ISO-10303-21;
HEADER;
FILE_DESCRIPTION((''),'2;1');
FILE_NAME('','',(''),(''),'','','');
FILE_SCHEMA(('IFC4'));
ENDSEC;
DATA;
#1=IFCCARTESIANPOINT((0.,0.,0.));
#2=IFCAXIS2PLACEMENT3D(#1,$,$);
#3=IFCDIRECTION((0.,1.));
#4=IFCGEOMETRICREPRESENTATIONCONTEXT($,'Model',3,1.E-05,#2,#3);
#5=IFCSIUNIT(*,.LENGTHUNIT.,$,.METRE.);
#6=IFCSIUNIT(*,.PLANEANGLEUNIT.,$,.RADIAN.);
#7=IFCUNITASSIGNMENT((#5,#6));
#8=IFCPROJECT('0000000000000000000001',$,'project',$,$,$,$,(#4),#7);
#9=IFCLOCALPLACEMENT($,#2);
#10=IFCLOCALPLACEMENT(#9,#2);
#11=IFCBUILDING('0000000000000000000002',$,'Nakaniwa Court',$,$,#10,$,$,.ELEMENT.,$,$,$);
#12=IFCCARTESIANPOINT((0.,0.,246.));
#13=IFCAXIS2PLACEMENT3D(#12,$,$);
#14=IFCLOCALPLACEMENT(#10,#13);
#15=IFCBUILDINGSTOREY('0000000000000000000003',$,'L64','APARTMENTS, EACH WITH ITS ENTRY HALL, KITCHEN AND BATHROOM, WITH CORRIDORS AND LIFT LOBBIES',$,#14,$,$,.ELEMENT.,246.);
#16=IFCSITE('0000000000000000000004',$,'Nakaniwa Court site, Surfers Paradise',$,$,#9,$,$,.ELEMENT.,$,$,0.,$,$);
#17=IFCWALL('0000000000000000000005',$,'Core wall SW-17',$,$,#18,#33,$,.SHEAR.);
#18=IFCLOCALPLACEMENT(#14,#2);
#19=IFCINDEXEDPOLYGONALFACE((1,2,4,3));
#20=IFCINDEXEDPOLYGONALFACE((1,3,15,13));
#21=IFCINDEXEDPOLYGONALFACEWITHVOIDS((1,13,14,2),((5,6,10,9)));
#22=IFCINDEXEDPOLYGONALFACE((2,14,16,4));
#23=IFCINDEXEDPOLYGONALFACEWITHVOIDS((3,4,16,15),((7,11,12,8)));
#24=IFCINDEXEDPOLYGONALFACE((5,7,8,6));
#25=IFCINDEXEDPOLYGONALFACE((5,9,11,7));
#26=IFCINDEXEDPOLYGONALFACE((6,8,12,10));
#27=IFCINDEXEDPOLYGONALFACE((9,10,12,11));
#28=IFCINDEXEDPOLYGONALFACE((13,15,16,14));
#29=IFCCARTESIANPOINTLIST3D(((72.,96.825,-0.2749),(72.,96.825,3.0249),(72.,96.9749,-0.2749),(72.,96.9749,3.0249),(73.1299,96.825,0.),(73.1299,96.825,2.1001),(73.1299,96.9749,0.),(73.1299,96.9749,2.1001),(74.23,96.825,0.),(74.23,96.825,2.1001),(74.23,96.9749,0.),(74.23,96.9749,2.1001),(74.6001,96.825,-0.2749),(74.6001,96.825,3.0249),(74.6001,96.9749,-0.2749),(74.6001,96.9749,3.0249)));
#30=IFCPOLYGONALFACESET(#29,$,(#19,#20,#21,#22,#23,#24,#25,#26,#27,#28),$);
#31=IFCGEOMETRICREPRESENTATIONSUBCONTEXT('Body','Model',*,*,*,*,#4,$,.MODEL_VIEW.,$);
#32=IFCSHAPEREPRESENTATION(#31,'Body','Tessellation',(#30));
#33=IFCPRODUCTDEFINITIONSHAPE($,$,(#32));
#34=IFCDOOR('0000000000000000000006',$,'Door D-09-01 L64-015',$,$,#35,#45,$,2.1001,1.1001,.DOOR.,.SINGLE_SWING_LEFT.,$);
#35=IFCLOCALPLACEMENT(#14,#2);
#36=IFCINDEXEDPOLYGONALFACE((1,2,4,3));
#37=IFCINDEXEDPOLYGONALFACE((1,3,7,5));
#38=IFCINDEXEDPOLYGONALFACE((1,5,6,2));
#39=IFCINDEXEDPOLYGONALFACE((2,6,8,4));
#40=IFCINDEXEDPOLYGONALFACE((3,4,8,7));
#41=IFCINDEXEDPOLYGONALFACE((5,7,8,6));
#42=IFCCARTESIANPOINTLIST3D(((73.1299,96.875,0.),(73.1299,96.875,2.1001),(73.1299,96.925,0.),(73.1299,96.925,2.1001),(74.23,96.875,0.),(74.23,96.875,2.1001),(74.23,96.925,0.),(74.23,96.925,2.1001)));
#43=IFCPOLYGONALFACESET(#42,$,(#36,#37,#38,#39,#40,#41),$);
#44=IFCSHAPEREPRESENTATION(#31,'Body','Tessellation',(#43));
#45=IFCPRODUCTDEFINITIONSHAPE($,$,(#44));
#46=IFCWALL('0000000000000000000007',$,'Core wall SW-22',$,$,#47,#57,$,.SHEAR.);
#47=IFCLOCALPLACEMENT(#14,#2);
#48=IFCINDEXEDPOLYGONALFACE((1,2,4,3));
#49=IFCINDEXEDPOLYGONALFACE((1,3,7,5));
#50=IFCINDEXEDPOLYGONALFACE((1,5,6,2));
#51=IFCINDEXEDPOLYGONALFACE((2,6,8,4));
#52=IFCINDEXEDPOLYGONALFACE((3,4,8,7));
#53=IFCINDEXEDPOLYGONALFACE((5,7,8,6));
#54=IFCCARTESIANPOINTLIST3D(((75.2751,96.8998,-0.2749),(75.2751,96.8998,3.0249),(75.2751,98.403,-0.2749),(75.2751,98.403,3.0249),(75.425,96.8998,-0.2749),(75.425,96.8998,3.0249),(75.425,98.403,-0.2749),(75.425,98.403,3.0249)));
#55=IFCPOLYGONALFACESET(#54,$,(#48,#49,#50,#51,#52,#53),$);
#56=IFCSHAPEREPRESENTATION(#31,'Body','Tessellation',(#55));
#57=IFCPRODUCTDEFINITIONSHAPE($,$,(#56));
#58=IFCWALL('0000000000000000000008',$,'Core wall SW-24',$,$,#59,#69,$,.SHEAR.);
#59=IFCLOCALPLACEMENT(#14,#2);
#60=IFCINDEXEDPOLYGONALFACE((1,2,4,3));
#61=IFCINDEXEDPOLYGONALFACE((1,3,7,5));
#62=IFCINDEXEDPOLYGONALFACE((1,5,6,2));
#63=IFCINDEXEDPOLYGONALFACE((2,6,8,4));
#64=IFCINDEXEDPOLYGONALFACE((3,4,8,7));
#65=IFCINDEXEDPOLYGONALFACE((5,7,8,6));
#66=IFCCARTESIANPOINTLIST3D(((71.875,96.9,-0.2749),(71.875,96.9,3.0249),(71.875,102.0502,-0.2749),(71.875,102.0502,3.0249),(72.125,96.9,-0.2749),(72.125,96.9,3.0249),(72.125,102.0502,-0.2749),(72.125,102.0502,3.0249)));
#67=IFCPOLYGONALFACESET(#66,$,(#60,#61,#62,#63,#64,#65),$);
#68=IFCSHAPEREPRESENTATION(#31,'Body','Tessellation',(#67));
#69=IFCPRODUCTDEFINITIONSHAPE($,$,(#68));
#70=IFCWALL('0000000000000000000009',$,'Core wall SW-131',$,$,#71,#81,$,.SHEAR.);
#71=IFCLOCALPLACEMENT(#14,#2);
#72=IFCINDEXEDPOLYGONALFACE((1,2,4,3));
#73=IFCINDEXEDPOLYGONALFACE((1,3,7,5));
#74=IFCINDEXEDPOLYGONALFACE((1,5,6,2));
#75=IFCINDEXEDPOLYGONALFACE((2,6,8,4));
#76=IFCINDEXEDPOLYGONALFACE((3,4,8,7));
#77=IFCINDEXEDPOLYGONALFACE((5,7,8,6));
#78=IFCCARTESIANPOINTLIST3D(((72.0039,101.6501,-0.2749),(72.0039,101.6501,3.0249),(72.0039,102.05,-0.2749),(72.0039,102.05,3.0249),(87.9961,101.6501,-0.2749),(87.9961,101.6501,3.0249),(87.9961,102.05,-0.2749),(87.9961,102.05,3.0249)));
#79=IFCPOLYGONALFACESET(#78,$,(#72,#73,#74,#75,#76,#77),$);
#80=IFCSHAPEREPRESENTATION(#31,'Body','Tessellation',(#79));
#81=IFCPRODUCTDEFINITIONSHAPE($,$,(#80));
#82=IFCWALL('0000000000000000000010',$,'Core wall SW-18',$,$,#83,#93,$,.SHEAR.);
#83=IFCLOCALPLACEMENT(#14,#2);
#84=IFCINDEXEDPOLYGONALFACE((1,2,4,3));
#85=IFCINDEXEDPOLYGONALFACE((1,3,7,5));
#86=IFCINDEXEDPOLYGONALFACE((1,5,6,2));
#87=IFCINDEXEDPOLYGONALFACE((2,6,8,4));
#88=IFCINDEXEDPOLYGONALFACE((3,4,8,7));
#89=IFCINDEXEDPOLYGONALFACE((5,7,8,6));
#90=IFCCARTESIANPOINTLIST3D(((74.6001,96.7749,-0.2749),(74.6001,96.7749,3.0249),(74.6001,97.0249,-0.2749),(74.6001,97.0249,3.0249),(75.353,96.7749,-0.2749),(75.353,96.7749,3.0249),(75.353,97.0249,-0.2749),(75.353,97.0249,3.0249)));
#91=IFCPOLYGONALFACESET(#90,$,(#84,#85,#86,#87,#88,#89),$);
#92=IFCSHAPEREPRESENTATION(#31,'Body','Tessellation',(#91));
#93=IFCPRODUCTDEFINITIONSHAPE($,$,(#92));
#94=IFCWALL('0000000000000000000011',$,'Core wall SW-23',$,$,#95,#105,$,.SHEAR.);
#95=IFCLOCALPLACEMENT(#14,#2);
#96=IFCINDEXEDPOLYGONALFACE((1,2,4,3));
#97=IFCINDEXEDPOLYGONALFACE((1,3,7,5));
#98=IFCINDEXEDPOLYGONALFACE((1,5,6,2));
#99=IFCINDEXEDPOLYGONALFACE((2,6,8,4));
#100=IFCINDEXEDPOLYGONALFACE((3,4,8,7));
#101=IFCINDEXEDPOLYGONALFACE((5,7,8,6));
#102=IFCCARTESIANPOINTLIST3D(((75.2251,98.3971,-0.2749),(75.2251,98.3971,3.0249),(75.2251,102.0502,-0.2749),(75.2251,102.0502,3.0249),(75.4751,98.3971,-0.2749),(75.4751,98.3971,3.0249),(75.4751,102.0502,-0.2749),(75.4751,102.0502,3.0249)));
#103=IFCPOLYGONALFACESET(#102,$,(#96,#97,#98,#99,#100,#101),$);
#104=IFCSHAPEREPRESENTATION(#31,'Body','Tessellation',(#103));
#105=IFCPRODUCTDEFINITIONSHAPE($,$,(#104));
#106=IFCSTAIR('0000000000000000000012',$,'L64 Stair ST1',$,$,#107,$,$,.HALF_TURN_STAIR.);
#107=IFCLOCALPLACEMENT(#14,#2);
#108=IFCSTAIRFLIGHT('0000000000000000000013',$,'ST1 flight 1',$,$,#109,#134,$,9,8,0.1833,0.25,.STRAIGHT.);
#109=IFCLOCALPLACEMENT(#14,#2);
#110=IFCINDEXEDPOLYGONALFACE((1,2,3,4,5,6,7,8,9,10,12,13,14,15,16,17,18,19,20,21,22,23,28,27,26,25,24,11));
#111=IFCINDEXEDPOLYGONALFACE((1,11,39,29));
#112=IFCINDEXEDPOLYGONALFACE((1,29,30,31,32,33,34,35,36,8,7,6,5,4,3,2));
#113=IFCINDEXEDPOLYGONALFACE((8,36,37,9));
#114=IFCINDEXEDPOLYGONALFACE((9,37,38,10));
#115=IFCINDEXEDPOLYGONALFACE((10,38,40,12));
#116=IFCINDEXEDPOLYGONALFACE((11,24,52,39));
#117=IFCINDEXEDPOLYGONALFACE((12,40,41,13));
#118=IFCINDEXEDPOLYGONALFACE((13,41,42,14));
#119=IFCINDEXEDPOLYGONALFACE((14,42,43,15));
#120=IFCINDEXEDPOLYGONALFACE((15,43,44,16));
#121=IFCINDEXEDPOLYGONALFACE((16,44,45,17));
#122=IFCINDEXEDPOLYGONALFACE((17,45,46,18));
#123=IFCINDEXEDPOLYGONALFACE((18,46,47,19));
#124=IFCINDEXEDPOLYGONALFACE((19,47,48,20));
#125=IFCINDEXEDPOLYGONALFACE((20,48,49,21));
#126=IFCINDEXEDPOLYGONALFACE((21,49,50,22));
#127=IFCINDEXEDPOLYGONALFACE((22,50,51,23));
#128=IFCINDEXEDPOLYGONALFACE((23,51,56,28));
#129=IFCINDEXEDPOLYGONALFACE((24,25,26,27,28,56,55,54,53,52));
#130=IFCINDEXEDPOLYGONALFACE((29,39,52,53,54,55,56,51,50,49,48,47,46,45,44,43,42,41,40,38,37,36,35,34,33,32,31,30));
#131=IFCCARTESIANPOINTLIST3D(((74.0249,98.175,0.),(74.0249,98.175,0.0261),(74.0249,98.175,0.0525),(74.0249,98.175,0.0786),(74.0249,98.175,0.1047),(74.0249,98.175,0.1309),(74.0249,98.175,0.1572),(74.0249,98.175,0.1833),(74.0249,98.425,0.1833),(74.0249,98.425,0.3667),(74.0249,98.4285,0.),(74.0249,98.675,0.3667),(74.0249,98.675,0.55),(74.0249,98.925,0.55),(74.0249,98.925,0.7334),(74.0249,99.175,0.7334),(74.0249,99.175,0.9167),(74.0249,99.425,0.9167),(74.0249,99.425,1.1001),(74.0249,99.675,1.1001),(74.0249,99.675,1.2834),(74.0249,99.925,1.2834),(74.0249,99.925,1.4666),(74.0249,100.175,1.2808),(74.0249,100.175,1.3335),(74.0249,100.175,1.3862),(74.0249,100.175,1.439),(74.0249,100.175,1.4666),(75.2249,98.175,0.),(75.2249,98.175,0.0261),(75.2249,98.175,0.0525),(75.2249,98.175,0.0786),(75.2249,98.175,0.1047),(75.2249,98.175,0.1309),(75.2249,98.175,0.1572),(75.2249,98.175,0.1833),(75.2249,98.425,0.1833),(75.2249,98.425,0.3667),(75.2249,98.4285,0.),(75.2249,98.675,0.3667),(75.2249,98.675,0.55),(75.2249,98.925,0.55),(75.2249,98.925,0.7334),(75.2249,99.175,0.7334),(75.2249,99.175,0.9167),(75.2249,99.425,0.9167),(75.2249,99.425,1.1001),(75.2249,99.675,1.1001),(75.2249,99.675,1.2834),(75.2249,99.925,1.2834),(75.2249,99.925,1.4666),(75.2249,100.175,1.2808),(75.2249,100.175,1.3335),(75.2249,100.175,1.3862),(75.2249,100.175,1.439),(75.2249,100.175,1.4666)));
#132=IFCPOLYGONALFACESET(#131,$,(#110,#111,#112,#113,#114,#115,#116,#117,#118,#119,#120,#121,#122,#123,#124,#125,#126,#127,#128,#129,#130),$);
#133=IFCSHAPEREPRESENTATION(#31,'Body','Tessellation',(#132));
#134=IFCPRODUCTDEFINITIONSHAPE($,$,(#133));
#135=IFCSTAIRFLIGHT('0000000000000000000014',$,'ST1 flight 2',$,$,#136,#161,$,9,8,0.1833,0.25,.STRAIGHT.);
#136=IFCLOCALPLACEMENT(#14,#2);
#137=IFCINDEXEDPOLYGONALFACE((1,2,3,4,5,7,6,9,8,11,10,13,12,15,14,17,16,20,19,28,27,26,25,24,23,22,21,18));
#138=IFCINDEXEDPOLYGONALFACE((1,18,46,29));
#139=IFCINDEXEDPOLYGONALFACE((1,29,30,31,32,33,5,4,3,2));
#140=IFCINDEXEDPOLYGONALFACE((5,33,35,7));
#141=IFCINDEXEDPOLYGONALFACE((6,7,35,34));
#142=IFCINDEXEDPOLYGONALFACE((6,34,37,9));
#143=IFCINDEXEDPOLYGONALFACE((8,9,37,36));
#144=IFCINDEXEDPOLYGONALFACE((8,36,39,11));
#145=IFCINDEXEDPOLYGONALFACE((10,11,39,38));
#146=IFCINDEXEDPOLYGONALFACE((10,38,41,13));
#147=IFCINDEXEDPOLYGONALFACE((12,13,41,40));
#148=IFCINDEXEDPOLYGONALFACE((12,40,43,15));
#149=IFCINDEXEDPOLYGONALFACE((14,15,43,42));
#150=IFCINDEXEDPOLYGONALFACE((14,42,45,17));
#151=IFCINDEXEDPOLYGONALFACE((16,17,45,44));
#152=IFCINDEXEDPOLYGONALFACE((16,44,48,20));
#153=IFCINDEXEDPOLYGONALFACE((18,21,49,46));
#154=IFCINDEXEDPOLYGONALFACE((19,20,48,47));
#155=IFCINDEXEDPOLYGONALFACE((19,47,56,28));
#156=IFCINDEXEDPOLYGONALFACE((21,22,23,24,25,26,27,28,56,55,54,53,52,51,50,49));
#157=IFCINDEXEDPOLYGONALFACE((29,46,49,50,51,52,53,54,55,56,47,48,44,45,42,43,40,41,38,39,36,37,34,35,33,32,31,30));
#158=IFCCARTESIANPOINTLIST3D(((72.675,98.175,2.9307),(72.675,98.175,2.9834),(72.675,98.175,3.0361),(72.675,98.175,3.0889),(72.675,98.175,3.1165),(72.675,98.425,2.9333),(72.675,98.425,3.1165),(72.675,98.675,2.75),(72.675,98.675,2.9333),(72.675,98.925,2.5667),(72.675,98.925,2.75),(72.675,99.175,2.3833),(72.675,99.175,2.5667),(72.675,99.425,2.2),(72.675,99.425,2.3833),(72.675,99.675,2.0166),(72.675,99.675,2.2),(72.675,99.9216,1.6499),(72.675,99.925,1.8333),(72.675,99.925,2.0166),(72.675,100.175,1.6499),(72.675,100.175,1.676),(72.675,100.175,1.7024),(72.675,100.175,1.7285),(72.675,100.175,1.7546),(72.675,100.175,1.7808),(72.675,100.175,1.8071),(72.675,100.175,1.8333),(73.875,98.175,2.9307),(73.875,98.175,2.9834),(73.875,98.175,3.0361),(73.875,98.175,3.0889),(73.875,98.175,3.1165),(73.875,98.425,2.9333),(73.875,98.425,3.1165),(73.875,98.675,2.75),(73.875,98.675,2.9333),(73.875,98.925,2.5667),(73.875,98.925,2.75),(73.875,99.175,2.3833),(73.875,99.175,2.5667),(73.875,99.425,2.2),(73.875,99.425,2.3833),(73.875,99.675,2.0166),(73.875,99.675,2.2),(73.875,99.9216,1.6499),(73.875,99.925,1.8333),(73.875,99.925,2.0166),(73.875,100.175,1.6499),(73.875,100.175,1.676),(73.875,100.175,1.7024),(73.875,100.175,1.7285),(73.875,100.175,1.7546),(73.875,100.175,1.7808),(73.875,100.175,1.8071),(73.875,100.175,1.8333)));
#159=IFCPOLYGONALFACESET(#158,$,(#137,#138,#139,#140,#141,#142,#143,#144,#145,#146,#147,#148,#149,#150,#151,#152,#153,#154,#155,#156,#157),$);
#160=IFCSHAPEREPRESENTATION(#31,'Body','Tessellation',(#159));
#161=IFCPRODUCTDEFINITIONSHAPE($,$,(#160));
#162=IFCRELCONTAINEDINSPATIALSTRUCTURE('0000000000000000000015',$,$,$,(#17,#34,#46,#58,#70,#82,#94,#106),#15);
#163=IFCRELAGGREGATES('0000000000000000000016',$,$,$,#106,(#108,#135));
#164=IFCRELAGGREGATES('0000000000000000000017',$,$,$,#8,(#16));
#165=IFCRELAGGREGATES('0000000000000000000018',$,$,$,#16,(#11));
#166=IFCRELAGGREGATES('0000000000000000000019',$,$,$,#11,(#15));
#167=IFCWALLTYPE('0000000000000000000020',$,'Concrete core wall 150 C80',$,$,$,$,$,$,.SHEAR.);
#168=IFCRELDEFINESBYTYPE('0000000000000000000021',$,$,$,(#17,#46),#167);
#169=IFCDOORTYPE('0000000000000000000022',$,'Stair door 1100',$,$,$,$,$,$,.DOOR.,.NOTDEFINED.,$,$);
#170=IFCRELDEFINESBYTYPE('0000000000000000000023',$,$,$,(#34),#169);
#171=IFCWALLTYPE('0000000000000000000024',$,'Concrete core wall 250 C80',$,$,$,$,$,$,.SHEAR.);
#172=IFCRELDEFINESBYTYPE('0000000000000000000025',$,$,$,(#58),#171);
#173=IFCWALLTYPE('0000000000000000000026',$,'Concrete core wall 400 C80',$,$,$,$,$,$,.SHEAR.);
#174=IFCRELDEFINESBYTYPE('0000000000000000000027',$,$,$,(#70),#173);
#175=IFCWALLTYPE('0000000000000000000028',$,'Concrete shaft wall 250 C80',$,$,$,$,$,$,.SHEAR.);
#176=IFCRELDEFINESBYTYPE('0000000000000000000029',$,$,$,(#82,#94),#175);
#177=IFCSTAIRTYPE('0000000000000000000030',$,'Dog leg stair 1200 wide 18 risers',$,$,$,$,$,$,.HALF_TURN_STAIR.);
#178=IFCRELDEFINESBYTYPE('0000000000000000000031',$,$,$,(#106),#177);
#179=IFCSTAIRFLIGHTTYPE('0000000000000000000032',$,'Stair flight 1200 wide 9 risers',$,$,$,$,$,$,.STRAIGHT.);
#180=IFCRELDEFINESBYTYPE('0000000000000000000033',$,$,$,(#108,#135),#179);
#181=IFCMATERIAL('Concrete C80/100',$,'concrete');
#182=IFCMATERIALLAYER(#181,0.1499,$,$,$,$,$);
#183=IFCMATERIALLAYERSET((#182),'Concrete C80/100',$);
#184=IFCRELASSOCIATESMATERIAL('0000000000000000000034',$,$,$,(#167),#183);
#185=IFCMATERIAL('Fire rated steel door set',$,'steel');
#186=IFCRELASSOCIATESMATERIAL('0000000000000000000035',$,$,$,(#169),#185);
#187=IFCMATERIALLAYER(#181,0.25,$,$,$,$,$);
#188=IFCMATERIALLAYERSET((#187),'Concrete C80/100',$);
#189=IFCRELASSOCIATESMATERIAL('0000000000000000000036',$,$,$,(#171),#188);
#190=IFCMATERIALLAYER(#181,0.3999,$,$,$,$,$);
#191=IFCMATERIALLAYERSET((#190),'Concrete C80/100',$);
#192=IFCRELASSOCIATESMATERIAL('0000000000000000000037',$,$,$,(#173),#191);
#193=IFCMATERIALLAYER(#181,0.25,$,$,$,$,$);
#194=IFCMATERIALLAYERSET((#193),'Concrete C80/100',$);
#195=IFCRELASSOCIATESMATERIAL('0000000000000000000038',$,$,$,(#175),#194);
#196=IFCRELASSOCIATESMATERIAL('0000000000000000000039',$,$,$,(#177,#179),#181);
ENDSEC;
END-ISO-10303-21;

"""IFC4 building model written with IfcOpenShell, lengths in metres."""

from ifc_helpers import new_model, si_unit, direction, frame, frame_2d, origin, place, context, subcontext, project, spatial, polyline, rectangle, outline, extrude, material, layer, layer_set, type_object, element, fill, aggregate, save


model = new_model("IFC4")

# Units and contexts
model_context = context("Model", 3, precision=1e-05, world=origin(), true_north=direction((0.0, 1.0)))
body_context = subcontext(model_context, "Body", "Model", "MODEL_VIEW")
ifc_project = project(units=[si_unit("LENGTHUNIT", "METRE"), si_unit("PLANEANGLEUNIT", "RADIAN")], contexts=[model_context])

# Site, building, storey
site_placement = place(None, origin())
site = spatial("IfcSite", under=ifc_project, at=site_placement, Name="Nakaniwa Court site, Surfers Paradise", CompositionType="ELEMENT", RefElevation=0.0)
building_placement = place(site_placement, origin())
building = spatial("IfcBuilding", under=site, at=building_placement, Name="Nakaniwa Court", CompositionType="ELEMENT")
storey_placement = place(building_placement, frame((0.0, 0.0, 246.0)))
storey = spatial("IfcBuildingStorey", under=building, at=storey_placement, Name="L64", Description="APARTMENTS, EACH WITH ITS ENTRY HALL, KITCHEN AND BATHROOM, WITH CORRIDORS AND LIFT LOBBIES", CompositionType="ELEMENT", Elevation=246.0)

# Shared definitions
ifc_material_1 = material(Name="Concrete C80/100", Category="concrete")

# Shared definitions
ifc_material_2 = material(Name="Fire rated steel door set", Category="steel")

# Wall, opening, door
ifc_layer_1 = layer(ifc_material_1, 0.1499)
ifc_layer_set_1 = layer_set([ifc_layer_1], Name="Concrete C80/100")
wall_type_1 = type_object("IfcWallType", Name="Concrete core wall 150 C80", PredefinedType="SHEAR", material=ifc_layer_set_1)
wall_1_placement = place(storey_placement, frame((74.6001, 96.8999, -0.2749), z_axis=(0.0, 0.0, 1.0), x_axis=(-1.0, 0.0, 0.0)))
wall_1 = element("IfcWall", 1, at=wall_1_placement, inside=storey, type_object=wall_type_1, Name="Core wall SW-17", PredefinedType="SHEAR", context=body_context, shape_type="SweptSolid", body=[
    extrude(rectangle(XDim=2.6001, YDim=0.1499, at=frame_2d((1.3, 0.0))), origin(), (0.0, 0.0, 1.0), 3.2998),
])
opening_1_placement = place(wall_1_placement, frame((0.3701, 0.0, 0.2749)))
opening_1 = element("IfcOpeningElement", 2, at=opening_1_placement, cuts=wall_1, PredefinedType="OPENING", context=body_context, shape_type="SweptSolid", body=[
    extrude(rectangle(XDim=1.1001, YDim=2.1001, at=frame_2d((0.55, 1.05))), frame((0.0, 0.085, 0.0), z_axis=(0.0, -1.0, 0.0), x_axis=(1.0, 0.0, 0.0)), (0.0, 0.0, 1.0), 0.1699),
])
door_type_1 = type_object("IfcDoorType", Name="Stair door 1100", OperationType="NOTDEFINED", PredefinedType="DOOR", material=ifc_material_2)
door_1_placement = place(opening_1_placement, origin())
door_1 = element("IfcDoor", 3, at=door_1_placement, inside=storey, type_object=door_type_1, Name="Door D-09-01 L64-015", OperationType="SINGLE_SWING_LEFT", OverallHeight=2.1001, OverallWidth=1.1001, PredefinedType="DOOR", context=body_context, shape_type="SweptSolid", body=[
    extrude(rectangle(XDim=1.1001, YDim=2.1001, at=frame_2d((0.55, 1.05))), frame((0.0, 0.0249, 0.0), z_axis=(0.0, -1.0, 0.0), x_axis=(1.0, 0.0, 0.0)), (0.0, 0.0, 1.0), 0.05),
])
fill(opening_1, door_1)

# Walls
wall_2_placement = place(storey_placement, frame((75.3501, 96.8999, -0.2749), z_axis=(0.0, 0.0, 1.0), x_axis=(0.0, 1.0, 0.0)))
element("IfcWall", 4, at=wall_2_placement, inside=storey, type_object=wall_type_1, Name="Core wall SW-22", PredefinedType="SHEAR", context=body_context, shape_type="SweptSolid", body=[
    extrude(rectangle(XDim=1.5032, YDim=0.1499, at=frame_2d((0.7515, 0.0))), origin(), (0.0, 0.0, 1.0), 3.2998),
])
ifc_layer_2 = layer(ifc_material_1, 0.25)
ifc_layer_set_2 = layer_set([ifc_layer_2], Name="Concrete C80/100")
wall_type_2 = type_object("IfcWallType", Name="Concrete core wall 250 C80", PredefinedType="SHEAR", material=ifc_layer_set_2)
wall_3_placement = place(storey_placement, frame((72.0, 96.8999, -0.2749), z_axis=(0.0, 0.0, 1.0), x_axis=(0.0, 1.0, 0.0)))
element("IfcWall", 5, at=wall_3_placement, inside=storey, type_object=wall_type_2, Name="Core wall SW-24", PredefinedType="SHEAR", context=body_context, shape_type="SweptSolid", body=[
    extrude(rectangle(XDim=5.1501, YDim=0.25, at=frame_2d((2.5752, 0.0))), origin(), (0.0, 0.0, 1.0), 3.2998),
])
ifc_layer_3 = layer(ifc_material_1, 0.3999)
ifc_layer_set_3 = layer_set([ifc_layer_3], Name="Concrete C80/100")
wall_type_3 = type_object("IfcWallType", Name="Concrete core wall 400 C80", PredefinedType="SHEAR", material=ifc_layer_set_3)
wall_4_placement = place(storey_placement, frame((72.0039, 101.8501, -0.2749), z_axis=(0.0, 0.0, 1.0), x_axis=(1.0, 0.0, 0.0)))
element("IfcWall", 6, at=wall_4_placement, inside=storey, type_object=wall_type_3, Name="Core wall SW-131", PredefinedType="SHEAR", context=body_context, shape_type="SweptSolid", body=[
    extrude(rectangle(XDim=15.9922, YDim=0.3999, at=frame_2d((7.9961, 0.0))), origin(), (0.0, 0.0, 1.0), 3.2998),
])
ifc_layer_4 = layer(ifc_material_1, 0.25)
ifc_layer_set_4 = layer_set([ifc_layer_4], Name="Concrete C80/100")
wall_type_4 = type_object("IfcWallType", Name="Concrete shaft wall 250 C80", PredefinedType="SHEAR", material=ifc_layer_set_4)
wall_5_placement = place(storey_placement, frame((74.6001, 96.8999, -0.2749), z_axis=(0.0, 0.0, 1.0), x_axis=(1.0, 0.0, 0.0)))
element("IfcWall", 7, at=wall_5_placement, inside=storey, type_object=wall_type_4, Name="Core wall SW-18", PredefinedType="SHEAR", context=body_context, shape_type="SweptSolid", body=[
    extrude(rectangle(XDim=0.7529, YDim=0.25, at=frame_2d((0.3765, 0.0))), origin(), (0.0, 0.0, 1.0), 3.2998),
])
wall_6_placement = place(storey_placement, frame((75.3501, 98.397, -0.2749), z_axis=(0.0, 0.0, 1.0), x_axis=(0.0, 1.0, 0.0)))
element("IfcWall", 8, at=wall_6_placement, inside=storey, type_object=wall_type_4, Name="Core wall SW-23", PredefinedType="SHEAR", context=body_context, shape_type="SweptSolid", body=[
    extrude(rectangle(XDim=3.6531, YDim=0.25, at=frame_2d((1.8267, 0.0))), origin(), (0.0, 0.0, 1.0), 3.2998),
])

# Stair, stair flights
stair_type = type_object("IfcStairType", Name="Dog leg stair 1200 wide 18 risers", PredefinedType="HALF_TURN_STAIR", material=ifc_material_1)
stair_placement = place(storey_placement, origin())
stair = element("IfcStair", 9, at=stair_placement, inside=storey, type_object=stair_type, Name="L64 Stair ST1", PredefinedType="HALF_TURN_STAIR")
stair_flight_type = type_object("IfcStairFlightType", Name="Stair flight 1200 wide 9 risers", PredefinedType="STRAIGHT", material=ifc_material_1)
stair_flight_1_placement = place(storey_placement, frame((74.625, 98.175, 0.0), z_axis=(0.0, 0.0, 1.0), x_axis=(0.0, 1.0, 0.0)))
stair_flight_1 = element("IfcStairFlight", 10, at=stair_flight_1_placement, type_object=stair_flight_type, Name="ST1 flight 1", NumberOfRisers=9, NumberOfTreads=8, PredefinedType="STRAIGHT", RiserHeight=0.1833, TreadLength=0.25, context=body_context, shape_type="SweptSolid", body=[
    extrude(outline(polyline([(0.0, 0.0), (0.0, 0.0261), (0.0, 0.0525), (0.0, 0.0786), (0.0, 0.1047), (0.0, 0.1309), (0.0, 0.1572), (0.0, 0.1833), (0.25, 0.1833), (0.25, 0.3667), (0.5, 0.3667), (0.5, 0.55), (0.75, 0.55), (0.75, 0.7334), (1.0, 0.7334), (1.0, 0.9167), (1.25, 0.9167), (1.25, 1.1001), (1.5, 1.1001), (1.5, 1.2834), (1.75, 1.2834), (1.75, 1.4666), (2.0, 1.4666), (2.0, 1.6499), (2.0, 1.5972), (2.0, 1.5444), (2.0, 1.4917), (2.0, 1.439), (2.0, 1.3862), (2.0, 1.3335), (2.0, 1.2808), (0.2534, 0.0), (0.0, 0.0)])), frame((0.0, 0.6001, 0.0), z_axis=(0.0, -1.0, 0.0), x_axis=(1.0, 0.0, 0.0)), (0.0, 0.0, 1.0), 1.2),
])
stair_flight_2_placement = place(storey_placement, frame((73.2749, 100.175, 1.6499), z_axis=(0.0, 0.0, 1.0), x_axis=(0.0, -1.0, 0.0)))
stair_flight_2 = element("IfcStairFlight", 11, at=stair_flight_2_placement, type_object=stair_flight_type, Name="ST1 flight 2", NumberOfRisers=9, NumberOfTreads=8, PredefinedType="STRAIGHT", RiserHeight=0.1833, TreadLength=0.25, context=body_context, shape_type="SweptSolid", body=[
    extrude(outline(polyline([(0.0, 0.0), (0.0, 0.0261), (0.0, 0.0525), (0.0, 0.0786), (0.0, 0.1047), (0.0, 0.1309), (0.0, 0.1572), (0.0, 0.1833), (0.25, 0.1833), (0.25, 0.3667), (0.5, 0.3667), (0.5, 0.55), (0.75, 0.55), (0.75, 0.7334), (1.0, 0.7334), (1.0, 0.9167), (1.25, 0.9167), (1.25, 1.1001), (1.5, 1.1001), (1.5, 1.2834), (1.75, 1.2834), (1.75, 1.4666), (2.0, 1.4666), (2.0, 1.6499), (2.0, 1.5972), (2.0, 1.5444), (2.0, 1.4917), (2.0, 1.439), (2.0, 1.3862), (2.0, 1.3335), (2.0, 1.2808), (0.2534, 0.0), (0.0, 0.0)])), frame((0.0, 0.6001, 0.0), z_axis=(0.0, -1.0, 0.0), x_axis=(1.0, 0.0, 0.0)), (0.0, 0.0, 1.0), 1.2),
])
aggregate(stair, [stair_flight_1, stair_flight_2])

save(model, "model.ifc")
